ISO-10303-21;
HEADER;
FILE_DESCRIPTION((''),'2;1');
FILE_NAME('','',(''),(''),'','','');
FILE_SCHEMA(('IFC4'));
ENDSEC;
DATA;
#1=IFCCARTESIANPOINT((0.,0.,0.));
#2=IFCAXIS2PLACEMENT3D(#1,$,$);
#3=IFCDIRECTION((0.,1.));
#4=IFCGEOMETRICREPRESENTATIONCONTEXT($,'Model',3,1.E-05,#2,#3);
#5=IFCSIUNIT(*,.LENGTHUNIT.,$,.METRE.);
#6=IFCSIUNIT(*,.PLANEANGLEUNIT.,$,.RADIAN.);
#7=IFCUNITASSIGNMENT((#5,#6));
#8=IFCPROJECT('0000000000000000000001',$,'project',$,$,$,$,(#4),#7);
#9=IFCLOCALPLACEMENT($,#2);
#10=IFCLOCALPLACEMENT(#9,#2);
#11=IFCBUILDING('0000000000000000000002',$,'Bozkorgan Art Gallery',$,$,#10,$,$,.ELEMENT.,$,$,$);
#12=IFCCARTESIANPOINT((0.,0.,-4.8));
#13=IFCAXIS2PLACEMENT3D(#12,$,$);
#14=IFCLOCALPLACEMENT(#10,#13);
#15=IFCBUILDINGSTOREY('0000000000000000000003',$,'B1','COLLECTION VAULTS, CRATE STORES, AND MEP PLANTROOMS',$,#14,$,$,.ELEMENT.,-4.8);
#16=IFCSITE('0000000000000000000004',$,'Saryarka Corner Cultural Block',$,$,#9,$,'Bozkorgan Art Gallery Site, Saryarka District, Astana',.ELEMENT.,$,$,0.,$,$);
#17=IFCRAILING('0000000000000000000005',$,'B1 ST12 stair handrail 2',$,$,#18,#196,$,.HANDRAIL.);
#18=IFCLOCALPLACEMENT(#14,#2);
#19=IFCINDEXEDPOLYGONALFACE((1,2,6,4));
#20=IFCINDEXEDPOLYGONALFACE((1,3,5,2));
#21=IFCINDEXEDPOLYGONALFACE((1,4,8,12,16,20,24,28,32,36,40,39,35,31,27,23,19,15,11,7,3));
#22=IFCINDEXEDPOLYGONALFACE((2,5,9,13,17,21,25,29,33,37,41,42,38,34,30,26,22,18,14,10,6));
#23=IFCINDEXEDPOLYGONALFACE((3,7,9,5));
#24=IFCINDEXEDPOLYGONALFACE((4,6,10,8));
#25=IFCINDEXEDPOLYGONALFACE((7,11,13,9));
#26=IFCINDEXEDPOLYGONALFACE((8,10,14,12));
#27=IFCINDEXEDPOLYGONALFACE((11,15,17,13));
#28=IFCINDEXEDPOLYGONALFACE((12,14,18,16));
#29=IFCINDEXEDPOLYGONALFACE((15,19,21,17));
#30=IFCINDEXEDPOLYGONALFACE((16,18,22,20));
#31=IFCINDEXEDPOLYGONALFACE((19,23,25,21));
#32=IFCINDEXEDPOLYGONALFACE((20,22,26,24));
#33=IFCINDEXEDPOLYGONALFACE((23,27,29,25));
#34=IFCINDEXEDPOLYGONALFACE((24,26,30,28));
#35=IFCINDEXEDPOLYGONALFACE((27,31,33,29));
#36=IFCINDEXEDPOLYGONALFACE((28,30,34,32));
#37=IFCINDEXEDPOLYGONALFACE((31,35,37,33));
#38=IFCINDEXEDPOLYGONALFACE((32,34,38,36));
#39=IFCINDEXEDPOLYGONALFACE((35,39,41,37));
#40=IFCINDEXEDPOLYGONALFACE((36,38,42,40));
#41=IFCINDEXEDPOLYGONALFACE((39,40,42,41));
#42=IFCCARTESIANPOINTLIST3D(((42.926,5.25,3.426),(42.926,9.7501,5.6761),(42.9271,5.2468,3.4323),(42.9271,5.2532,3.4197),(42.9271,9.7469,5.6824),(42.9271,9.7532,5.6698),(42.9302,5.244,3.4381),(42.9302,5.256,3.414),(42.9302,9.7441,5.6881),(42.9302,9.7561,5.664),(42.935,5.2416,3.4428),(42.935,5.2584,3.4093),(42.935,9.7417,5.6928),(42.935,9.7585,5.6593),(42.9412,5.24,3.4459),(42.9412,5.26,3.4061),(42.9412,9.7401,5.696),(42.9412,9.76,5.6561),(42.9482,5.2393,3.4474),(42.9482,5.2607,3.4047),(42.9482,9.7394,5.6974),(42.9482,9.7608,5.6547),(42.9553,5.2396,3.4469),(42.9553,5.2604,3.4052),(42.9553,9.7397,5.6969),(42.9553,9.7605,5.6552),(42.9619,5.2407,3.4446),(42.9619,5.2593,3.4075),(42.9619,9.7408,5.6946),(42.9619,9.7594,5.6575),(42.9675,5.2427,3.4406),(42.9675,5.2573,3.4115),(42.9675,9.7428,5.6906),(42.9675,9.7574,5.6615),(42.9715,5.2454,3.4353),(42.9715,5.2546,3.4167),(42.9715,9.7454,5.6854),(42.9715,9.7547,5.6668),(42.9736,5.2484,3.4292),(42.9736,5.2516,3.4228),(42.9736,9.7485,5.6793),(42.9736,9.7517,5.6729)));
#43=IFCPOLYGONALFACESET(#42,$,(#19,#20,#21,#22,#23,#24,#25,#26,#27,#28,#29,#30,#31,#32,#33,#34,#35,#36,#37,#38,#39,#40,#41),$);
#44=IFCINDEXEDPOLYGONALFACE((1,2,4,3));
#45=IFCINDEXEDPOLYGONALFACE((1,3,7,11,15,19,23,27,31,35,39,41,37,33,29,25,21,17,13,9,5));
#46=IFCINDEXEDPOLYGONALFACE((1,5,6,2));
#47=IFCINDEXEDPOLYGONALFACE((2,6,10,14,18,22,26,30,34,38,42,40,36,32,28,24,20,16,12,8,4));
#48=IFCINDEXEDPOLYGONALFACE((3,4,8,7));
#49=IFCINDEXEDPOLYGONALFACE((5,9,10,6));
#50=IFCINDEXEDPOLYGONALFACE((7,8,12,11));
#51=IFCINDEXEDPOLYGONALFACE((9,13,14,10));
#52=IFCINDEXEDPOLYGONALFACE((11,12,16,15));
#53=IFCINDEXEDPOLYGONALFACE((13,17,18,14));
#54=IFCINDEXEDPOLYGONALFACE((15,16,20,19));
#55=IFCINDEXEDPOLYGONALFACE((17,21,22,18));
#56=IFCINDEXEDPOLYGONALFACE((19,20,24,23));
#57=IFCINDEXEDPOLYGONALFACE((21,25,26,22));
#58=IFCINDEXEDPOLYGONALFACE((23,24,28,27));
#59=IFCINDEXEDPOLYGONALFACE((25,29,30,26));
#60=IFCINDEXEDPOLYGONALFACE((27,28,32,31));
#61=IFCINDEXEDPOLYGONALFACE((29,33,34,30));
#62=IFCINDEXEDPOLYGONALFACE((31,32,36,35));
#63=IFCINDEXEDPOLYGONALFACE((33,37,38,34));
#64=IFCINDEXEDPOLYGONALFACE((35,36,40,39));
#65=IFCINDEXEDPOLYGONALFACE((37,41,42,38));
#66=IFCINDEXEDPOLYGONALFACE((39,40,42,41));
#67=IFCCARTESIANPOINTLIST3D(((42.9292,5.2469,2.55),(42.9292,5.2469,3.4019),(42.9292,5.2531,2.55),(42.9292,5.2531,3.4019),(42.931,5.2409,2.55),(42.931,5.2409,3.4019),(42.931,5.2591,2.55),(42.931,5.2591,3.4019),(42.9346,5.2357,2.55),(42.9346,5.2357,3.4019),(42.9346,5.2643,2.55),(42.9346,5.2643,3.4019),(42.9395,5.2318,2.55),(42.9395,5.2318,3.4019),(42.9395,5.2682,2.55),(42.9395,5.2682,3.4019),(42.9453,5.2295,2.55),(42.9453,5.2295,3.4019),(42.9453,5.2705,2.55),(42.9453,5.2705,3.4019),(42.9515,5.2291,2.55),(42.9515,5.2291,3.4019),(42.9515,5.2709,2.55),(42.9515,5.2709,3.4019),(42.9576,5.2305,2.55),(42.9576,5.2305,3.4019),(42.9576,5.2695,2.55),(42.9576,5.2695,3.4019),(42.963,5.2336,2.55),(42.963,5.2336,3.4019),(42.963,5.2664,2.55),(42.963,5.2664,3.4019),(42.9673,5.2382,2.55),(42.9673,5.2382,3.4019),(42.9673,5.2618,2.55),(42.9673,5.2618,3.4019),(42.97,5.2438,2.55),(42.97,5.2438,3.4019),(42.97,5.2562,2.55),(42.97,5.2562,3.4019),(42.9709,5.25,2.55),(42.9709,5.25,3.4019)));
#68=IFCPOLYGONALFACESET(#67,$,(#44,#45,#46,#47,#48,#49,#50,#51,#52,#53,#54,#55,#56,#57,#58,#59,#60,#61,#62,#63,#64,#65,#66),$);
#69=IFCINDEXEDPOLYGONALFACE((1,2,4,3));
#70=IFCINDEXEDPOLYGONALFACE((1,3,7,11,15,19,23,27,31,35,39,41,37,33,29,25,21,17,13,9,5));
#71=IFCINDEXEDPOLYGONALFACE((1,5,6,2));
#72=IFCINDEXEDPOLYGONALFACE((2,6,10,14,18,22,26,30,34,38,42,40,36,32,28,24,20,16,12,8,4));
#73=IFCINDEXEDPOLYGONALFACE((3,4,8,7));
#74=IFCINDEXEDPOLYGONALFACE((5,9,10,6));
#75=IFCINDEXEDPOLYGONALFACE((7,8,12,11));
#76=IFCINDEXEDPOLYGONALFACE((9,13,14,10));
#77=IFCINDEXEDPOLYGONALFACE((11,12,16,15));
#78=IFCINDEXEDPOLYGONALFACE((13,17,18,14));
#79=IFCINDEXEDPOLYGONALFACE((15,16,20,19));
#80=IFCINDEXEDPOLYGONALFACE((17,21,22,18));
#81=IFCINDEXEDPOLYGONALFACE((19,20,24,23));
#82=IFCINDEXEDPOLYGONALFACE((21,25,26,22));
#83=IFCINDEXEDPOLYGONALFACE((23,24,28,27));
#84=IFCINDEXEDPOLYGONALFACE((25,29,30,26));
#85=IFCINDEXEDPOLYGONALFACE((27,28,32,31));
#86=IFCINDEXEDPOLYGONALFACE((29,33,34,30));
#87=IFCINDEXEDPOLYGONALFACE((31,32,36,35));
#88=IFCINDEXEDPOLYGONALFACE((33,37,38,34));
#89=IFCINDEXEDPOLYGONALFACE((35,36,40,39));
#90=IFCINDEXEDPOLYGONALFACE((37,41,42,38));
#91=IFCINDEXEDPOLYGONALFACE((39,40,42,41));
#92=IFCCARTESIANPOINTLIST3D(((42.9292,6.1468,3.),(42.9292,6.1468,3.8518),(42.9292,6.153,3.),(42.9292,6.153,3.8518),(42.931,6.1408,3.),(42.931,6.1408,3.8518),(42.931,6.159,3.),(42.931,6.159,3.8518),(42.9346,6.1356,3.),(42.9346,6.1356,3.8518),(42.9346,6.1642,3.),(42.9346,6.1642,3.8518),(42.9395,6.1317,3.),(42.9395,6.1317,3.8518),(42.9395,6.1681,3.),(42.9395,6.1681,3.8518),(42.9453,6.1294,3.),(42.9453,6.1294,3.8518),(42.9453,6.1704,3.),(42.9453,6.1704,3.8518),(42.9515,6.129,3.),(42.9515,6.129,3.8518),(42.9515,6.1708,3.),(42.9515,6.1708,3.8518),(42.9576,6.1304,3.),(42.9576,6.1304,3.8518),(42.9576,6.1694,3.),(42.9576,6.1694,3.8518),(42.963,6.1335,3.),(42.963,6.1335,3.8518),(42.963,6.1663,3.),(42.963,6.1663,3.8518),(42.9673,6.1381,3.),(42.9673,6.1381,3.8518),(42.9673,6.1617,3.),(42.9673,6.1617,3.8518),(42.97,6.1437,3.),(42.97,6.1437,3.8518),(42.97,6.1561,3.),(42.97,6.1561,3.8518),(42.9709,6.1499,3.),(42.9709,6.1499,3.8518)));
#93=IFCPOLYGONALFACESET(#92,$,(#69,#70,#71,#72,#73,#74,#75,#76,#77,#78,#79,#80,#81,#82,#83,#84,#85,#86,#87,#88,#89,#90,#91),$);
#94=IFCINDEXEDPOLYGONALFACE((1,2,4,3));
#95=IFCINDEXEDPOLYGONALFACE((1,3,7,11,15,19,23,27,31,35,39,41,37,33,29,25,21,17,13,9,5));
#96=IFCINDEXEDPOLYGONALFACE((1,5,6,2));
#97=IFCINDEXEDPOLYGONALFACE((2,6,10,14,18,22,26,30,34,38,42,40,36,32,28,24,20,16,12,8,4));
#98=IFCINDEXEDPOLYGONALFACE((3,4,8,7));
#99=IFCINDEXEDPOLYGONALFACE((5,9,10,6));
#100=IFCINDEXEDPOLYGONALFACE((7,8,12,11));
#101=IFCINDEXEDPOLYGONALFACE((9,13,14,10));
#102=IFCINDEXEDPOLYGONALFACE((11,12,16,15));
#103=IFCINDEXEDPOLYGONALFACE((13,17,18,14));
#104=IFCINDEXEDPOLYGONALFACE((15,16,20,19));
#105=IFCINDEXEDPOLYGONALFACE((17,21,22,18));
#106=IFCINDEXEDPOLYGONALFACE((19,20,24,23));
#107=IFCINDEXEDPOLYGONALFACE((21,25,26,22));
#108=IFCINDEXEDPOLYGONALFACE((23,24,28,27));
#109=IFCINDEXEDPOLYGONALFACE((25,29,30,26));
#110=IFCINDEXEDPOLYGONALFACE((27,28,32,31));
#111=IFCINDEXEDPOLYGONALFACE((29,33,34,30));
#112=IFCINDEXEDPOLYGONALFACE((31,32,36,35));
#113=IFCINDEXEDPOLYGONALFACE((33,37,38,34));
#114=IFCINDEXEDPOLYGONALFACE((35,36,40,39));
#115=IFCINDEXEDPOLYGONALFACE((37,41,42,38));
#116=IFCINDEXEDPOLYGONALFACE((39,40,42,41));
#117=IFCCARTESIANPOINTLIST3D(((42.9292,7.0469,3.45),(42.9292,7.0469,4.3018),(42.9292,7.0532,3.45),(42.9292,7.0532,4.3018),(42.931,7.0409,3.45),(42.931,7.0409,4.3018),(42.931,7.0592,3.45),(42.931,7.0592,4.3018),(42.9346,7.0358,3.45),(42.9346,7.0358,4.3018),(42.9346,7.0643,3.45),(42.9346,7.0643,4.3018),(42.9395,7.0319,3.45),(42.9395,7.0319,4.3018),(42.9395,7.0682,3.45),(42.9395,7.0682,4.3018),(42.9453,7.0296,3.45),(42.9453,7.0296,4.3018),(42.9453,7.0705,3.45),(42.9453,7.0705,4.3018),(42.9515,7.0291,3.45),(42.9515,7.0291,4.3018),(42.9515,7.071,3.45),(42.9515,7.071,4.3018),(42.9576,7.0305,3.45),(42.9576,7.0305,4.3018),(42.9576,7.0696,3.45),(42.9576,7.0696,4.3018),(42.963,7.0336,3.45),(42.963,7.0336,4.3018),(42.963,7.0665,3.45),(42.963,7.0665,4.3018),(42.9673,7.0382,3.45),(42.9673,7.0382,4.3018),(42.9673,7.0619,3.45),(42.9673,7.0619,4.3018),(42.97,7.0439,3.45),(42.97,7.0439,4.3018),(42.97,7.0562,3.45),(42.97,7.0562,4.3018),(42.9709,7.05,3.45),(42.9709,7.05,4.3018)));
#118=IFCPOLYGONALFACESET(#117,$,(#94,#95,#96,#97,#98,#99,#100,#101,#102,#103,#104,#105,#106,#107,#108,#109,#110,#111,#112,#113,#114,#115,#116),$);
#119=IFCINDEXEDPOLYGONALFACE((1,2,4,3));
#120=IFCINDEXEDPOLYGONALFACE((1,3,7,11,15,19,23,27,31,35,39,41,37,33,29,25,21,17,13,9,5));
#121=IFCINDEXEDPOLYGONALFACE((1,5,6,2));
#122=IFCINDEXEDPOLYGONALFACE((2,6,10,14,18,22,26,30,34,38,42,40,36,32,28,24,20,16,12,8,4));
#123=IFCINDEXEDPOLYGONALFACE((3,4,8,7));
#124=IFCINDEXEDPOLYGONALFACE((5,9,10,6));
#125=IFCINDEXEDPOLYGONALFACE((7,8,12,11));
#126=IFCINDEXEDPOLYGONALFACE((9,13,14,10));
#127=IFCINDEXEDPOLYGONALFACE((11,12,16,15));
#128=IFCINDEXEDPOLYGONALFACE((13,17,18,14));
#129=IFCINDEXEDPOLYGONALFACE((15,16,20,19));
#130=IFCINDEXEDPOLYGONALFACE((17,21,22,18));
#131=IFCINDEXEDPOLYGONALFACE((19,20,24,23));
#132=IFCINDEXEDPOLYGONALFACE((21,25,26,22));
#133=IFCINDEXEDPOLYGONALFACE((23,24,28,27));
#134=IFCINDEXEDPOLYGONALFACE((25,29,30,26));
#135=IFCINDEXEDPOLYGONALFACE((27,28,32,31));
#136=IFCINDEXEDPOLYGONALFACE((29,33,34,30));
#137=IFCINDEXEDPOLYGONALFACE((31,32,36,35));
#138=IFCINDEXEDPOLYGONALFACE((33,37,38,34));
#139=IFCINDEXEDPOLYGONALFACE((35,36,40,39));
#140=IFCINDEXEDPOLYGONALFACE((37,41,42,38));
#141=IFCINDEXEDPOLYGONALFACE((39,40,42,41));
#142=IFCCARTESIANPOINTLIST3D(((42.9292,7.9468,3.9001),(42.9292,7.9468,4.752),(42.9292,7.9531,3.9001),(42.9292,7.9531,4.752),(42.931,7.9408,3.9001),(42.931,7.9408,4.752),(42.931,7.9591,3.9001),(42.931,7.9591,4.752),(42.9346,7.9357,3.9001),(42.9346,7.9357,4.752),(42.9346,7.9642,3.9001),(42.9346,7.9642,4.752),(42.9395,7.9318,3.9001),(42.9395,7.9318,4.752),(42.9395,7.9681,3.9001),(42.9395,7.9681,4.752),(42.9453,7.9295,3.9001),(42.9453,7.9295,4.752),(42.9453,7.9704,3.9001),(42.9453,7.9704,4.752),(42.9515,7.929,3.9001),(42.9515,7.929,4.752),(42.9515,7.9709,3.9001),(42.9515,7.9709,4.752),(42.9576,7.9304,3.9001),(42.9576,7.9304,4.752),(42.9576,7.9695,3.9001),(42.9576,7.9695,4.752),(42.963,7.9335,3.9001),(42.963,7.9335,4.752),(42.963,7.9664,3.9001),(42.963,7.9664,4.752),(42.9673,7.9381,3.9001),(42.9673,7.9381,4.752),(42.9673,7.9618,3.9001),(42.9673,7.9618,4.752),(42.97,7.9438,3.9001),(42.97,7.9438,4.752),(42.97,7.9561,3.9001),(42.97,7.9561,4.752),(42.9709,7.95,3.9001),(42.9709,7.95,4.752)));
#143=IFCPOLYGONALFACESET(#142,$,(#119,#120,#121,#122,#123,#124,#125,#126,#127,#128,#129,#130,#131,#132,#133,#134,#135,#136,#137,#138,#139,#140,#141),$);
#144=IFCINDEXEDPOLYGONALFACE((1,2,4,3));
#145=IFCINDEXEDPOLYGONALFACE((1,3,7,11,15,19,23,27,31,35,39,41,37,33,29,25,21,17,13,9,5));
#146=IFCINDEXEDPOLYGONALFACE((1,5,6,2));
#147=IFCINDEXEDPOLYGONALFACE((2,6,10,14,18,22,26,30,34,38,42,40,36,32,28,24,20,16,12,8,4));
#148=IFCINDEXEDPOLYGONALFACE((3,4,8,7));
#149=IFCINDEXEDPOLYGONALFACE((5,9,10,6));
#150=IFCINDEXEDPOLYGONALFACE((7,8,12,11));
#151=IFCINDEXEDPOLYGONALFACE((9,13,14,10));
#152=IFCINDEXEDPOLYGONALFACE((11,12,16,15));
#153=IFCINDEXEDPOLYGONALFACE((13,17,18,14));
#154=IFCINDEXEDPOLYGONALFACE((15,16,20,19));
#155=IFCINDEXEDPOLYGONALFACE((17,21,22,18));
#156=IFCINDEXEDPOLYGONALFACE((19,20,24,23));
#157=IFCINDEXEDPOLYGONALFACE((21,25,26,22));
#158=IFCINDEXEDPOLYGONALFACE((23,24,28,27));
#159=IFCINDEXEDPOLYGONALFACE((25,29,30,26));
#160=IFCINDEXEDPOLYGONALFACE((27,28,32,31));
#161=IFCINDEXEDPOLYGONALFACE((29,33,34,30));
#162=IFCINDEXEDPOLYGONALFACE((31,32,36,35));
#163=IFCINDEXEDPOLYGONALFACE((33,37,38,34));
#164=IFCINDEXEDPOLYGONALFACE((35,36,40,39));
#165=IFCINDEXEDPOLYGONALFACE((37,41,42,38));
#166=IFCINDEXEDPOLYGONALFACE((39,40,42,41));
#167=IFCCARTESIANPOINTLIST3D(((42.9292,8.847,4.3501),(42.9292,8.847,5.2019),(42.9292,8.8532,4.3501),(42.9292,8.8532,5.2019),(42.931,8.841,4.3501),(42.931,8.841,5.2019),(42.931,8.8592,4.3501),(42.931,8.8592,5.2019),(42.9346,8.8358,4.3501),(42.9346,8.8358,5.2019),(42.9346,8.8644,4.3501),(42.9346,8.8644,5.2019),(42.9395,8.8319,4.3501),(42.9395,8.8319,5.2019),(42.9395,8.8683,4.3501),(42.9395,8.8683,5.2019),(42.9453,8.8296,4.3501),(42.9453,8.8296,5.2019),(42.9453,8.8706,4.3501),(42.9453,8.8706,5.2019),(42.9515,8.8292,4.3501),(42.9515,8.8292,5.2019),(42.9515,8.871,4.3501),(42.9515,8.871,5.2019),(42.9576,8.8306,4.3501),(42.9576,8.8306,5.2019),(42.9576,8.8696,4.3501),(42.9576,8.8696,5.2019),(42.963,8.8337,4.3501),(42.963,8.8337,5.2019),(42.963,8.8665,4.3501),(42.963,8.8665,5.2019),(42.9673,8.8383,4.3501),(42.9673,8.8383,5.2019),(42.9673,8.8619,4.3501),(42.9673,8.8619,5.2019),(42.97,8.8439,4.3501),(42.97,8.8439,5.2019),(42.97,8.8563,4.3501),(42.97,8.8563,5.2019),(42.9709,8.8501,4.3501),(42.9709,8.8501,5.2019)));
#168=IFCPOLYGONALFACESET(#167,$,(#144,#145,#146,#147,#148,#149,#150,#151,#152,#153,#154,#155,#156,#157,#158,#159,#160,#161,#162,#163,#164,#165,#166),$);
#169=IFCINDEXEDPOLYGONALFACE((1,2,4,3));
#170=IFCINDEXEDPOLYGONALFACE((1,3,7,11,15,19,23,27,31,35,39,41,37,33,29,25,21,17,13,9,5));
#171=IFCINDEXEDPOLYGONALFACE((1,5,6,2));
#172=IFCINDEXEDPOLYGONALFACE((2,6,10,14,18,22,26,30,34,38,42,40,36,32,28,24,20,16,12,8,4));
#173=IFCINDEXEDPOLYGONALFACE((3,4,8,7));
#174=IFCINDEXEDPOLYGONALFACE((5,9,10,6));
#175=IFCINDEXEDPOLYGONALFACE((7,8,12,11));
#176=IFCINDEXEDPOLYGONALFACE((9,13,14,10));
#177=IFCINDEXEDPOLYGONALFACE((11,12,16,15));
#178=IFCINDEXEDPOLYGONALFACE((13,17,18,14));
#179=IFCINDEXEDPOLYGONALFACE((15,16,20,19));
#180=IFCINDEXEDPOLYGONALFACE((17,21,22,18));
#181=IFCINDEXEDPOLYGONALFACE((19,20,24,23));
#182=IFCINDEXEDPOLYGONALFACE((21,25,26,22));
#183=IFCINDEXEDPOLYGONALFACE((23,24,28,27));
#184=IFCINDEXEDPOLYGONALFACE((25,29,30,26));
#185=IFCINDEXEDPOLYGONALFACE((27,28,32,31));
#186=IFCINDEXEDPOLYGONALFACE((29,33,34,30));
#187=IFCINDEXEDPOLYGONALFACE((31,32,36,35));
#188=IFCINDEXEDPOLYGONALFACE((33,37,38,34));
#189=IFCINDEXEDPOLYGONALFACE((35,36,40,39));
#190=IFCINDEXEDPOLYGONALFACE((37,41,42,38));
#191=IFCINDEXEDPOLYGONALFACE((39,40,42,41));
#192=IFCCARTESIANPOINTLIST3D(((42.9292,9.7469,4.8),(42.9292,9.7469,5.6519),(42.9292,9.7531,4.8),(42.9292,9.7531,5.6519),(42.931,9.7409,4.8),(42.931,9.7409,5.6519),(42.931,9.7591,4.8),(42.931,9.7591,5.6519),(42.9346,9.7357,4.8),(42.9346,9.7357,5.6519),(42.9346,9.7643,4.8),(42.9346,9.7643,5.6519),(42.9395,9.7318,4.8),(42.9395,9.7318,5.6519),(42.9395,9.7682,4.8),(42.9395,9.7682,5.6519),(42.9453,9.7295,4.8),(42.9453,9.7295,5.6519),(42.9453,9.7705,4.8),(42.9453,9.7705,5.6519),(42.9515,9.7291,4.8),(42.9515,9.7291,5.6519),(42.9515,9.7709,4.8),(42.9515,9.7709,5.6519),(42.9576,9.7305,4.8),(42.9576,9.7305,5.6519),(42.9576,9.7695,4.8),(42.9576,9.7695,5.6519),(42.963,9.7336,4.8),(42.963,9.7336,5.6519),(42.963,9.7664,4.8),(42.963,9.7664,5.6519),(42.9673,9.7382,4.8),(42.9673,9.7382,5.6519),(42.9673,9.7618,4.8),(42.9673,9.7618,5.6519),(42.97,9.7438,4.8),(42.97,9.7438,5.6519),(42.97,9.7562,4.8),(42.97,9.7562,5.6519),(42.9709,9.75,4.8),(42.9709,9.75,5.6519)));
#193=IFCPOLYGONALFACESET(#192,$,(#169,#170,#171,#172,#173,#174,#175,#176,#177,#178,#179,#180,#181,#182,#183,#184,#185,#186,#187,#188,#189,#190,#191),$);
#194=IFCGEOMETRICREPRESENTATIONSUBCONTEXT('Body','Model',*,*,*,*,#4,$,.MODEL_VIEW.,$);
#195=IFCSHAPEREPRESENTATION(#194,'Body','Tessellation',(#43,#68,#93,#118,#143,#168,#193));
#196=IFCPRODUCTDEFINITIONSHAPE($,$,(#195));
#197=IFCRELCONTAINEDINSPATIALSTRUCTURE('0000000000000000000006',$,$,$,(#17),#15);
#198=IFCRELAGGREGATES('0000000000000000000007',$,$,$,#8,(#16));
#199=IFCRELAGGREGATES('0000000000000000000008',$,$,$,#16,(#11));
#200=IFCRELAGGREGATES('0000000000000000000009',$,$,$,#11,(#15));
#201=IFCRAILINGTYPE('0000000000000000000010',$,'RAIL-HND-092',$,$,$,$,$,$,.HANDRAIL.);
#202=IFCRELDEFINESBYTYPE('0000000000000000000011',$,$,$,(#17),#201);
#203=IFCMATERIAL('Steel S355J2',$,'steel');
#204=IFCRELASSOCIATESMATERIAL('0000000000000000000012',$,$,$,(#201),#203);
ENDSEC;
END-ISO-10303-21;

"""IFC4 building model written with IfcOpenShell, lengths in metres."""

from ifc_helpers import new_model, si_unit, direction, frame, origin, origin_2d, place, context, subcontext, project, spatial, circle, extrude, material, type_object, element, save


model = new_model("IFC4")

# Units and contexts
model_context = context("Model", 3, precision=1e-05, world=origin(), true_north=direction((0.0, 1.0)))
body_context = subcontext(model_context, "Body", "Model", "MODEL_VIEW")
ifc_project = project(units=[si_unit("LENGTHUNIT", "METRE"), si_unit("PLANEANGLEUNIT", "RADIAN")], contexts=[model_context])

# Site, building, storey
site_placement = place(None, origin())
site = spatial("IfcSite", under=ifc_project, at=site_placement, Name="Saryarka Corner Cultural Block", LongName="Bozkorgan Art Gallery Site, Saryarka District, Astana", CompositionType="ELEMENT", RefElevation=0.0)
building_placement = place(site_placement, origin())
building = spatial("IfcBuilding", under=site, at=building_placement, Name="Bozkorgan Art Gallery", CompositionType="ELEMENT")
storey_placement = place(building_placement, frame((0.0, 0.0, -4.8)))
storey = spatial("IfcBuildingStorey", under=building, at=storey_placement, Name="B1", Description="COLLECTION VAULTS, CRATE STORES, AND MEP PLANTROOMS", CompositionType="ELEMENT", Elevation=-4.8)

# Shared definitions
ifc_material_1 = material(Name="Steel S355J2", Category="steel")

# Railing
railing_type_1 = type_object("IfcRailingType", Name="RAIL-HND-092", PredefinedType="HANDRAIL", material=ifc_material_1)
railing_1_placement = place(storey_placement, frame((42.95, 5.25, 2.55)))
element("IfcRailing", 1, at=railing_1_placement, inside=storey, type_object=railing_type_1, Name="B1 ST12 stair handrail 2", PredefinedType="HANDRAIL", context=body_context, shape_type="SweptSolid", body=[
    extrude(circle(Radius=0.0239, at=origin_2d()), frame((0.0, 0.0, 0.876), z_axis=(0.0, 0.894427, 0.447214), x_axis=(-1.0, 0.0, 0.0)), (0.0, 0.0, 1.0), 5.0312),
    extrude(circle(Radius=0.021, at=origin_2d()), origin(), (0.0, 0.0, 1.0), 0.8518),
    extrude(circle(Radius=0.021, at=origin_2d()), frame((0.0, 0.8999, 0.45)), (0.0, 0.0, 1.0), 0.8518),
    extrude(circle(Radius=0.021, at=origin_2d()), frame((0.0, 1.8, 0.8999)), (0.0, 0.0, 1.0), 0.8518),
    extrude(circle(Radius=0.021, at=origin_2d()), frame((0.0, 2.7, 1.3501)), (0.0, 0.0, 1.0), 0.8518),
    extrude(circle(Radius=0.021, at=origin_2d()), frame((0.0, 3.6001, 1.8)), (0.0, 0.0, 1.0), 0.8518),
    extrude(circle(Radius=0.021, at=origin_2d()), frame((0.0, 4.5, 2.25)), (0.0, 0.0, 1.0), 0.8518),
])

save(model, "model.ifc")
